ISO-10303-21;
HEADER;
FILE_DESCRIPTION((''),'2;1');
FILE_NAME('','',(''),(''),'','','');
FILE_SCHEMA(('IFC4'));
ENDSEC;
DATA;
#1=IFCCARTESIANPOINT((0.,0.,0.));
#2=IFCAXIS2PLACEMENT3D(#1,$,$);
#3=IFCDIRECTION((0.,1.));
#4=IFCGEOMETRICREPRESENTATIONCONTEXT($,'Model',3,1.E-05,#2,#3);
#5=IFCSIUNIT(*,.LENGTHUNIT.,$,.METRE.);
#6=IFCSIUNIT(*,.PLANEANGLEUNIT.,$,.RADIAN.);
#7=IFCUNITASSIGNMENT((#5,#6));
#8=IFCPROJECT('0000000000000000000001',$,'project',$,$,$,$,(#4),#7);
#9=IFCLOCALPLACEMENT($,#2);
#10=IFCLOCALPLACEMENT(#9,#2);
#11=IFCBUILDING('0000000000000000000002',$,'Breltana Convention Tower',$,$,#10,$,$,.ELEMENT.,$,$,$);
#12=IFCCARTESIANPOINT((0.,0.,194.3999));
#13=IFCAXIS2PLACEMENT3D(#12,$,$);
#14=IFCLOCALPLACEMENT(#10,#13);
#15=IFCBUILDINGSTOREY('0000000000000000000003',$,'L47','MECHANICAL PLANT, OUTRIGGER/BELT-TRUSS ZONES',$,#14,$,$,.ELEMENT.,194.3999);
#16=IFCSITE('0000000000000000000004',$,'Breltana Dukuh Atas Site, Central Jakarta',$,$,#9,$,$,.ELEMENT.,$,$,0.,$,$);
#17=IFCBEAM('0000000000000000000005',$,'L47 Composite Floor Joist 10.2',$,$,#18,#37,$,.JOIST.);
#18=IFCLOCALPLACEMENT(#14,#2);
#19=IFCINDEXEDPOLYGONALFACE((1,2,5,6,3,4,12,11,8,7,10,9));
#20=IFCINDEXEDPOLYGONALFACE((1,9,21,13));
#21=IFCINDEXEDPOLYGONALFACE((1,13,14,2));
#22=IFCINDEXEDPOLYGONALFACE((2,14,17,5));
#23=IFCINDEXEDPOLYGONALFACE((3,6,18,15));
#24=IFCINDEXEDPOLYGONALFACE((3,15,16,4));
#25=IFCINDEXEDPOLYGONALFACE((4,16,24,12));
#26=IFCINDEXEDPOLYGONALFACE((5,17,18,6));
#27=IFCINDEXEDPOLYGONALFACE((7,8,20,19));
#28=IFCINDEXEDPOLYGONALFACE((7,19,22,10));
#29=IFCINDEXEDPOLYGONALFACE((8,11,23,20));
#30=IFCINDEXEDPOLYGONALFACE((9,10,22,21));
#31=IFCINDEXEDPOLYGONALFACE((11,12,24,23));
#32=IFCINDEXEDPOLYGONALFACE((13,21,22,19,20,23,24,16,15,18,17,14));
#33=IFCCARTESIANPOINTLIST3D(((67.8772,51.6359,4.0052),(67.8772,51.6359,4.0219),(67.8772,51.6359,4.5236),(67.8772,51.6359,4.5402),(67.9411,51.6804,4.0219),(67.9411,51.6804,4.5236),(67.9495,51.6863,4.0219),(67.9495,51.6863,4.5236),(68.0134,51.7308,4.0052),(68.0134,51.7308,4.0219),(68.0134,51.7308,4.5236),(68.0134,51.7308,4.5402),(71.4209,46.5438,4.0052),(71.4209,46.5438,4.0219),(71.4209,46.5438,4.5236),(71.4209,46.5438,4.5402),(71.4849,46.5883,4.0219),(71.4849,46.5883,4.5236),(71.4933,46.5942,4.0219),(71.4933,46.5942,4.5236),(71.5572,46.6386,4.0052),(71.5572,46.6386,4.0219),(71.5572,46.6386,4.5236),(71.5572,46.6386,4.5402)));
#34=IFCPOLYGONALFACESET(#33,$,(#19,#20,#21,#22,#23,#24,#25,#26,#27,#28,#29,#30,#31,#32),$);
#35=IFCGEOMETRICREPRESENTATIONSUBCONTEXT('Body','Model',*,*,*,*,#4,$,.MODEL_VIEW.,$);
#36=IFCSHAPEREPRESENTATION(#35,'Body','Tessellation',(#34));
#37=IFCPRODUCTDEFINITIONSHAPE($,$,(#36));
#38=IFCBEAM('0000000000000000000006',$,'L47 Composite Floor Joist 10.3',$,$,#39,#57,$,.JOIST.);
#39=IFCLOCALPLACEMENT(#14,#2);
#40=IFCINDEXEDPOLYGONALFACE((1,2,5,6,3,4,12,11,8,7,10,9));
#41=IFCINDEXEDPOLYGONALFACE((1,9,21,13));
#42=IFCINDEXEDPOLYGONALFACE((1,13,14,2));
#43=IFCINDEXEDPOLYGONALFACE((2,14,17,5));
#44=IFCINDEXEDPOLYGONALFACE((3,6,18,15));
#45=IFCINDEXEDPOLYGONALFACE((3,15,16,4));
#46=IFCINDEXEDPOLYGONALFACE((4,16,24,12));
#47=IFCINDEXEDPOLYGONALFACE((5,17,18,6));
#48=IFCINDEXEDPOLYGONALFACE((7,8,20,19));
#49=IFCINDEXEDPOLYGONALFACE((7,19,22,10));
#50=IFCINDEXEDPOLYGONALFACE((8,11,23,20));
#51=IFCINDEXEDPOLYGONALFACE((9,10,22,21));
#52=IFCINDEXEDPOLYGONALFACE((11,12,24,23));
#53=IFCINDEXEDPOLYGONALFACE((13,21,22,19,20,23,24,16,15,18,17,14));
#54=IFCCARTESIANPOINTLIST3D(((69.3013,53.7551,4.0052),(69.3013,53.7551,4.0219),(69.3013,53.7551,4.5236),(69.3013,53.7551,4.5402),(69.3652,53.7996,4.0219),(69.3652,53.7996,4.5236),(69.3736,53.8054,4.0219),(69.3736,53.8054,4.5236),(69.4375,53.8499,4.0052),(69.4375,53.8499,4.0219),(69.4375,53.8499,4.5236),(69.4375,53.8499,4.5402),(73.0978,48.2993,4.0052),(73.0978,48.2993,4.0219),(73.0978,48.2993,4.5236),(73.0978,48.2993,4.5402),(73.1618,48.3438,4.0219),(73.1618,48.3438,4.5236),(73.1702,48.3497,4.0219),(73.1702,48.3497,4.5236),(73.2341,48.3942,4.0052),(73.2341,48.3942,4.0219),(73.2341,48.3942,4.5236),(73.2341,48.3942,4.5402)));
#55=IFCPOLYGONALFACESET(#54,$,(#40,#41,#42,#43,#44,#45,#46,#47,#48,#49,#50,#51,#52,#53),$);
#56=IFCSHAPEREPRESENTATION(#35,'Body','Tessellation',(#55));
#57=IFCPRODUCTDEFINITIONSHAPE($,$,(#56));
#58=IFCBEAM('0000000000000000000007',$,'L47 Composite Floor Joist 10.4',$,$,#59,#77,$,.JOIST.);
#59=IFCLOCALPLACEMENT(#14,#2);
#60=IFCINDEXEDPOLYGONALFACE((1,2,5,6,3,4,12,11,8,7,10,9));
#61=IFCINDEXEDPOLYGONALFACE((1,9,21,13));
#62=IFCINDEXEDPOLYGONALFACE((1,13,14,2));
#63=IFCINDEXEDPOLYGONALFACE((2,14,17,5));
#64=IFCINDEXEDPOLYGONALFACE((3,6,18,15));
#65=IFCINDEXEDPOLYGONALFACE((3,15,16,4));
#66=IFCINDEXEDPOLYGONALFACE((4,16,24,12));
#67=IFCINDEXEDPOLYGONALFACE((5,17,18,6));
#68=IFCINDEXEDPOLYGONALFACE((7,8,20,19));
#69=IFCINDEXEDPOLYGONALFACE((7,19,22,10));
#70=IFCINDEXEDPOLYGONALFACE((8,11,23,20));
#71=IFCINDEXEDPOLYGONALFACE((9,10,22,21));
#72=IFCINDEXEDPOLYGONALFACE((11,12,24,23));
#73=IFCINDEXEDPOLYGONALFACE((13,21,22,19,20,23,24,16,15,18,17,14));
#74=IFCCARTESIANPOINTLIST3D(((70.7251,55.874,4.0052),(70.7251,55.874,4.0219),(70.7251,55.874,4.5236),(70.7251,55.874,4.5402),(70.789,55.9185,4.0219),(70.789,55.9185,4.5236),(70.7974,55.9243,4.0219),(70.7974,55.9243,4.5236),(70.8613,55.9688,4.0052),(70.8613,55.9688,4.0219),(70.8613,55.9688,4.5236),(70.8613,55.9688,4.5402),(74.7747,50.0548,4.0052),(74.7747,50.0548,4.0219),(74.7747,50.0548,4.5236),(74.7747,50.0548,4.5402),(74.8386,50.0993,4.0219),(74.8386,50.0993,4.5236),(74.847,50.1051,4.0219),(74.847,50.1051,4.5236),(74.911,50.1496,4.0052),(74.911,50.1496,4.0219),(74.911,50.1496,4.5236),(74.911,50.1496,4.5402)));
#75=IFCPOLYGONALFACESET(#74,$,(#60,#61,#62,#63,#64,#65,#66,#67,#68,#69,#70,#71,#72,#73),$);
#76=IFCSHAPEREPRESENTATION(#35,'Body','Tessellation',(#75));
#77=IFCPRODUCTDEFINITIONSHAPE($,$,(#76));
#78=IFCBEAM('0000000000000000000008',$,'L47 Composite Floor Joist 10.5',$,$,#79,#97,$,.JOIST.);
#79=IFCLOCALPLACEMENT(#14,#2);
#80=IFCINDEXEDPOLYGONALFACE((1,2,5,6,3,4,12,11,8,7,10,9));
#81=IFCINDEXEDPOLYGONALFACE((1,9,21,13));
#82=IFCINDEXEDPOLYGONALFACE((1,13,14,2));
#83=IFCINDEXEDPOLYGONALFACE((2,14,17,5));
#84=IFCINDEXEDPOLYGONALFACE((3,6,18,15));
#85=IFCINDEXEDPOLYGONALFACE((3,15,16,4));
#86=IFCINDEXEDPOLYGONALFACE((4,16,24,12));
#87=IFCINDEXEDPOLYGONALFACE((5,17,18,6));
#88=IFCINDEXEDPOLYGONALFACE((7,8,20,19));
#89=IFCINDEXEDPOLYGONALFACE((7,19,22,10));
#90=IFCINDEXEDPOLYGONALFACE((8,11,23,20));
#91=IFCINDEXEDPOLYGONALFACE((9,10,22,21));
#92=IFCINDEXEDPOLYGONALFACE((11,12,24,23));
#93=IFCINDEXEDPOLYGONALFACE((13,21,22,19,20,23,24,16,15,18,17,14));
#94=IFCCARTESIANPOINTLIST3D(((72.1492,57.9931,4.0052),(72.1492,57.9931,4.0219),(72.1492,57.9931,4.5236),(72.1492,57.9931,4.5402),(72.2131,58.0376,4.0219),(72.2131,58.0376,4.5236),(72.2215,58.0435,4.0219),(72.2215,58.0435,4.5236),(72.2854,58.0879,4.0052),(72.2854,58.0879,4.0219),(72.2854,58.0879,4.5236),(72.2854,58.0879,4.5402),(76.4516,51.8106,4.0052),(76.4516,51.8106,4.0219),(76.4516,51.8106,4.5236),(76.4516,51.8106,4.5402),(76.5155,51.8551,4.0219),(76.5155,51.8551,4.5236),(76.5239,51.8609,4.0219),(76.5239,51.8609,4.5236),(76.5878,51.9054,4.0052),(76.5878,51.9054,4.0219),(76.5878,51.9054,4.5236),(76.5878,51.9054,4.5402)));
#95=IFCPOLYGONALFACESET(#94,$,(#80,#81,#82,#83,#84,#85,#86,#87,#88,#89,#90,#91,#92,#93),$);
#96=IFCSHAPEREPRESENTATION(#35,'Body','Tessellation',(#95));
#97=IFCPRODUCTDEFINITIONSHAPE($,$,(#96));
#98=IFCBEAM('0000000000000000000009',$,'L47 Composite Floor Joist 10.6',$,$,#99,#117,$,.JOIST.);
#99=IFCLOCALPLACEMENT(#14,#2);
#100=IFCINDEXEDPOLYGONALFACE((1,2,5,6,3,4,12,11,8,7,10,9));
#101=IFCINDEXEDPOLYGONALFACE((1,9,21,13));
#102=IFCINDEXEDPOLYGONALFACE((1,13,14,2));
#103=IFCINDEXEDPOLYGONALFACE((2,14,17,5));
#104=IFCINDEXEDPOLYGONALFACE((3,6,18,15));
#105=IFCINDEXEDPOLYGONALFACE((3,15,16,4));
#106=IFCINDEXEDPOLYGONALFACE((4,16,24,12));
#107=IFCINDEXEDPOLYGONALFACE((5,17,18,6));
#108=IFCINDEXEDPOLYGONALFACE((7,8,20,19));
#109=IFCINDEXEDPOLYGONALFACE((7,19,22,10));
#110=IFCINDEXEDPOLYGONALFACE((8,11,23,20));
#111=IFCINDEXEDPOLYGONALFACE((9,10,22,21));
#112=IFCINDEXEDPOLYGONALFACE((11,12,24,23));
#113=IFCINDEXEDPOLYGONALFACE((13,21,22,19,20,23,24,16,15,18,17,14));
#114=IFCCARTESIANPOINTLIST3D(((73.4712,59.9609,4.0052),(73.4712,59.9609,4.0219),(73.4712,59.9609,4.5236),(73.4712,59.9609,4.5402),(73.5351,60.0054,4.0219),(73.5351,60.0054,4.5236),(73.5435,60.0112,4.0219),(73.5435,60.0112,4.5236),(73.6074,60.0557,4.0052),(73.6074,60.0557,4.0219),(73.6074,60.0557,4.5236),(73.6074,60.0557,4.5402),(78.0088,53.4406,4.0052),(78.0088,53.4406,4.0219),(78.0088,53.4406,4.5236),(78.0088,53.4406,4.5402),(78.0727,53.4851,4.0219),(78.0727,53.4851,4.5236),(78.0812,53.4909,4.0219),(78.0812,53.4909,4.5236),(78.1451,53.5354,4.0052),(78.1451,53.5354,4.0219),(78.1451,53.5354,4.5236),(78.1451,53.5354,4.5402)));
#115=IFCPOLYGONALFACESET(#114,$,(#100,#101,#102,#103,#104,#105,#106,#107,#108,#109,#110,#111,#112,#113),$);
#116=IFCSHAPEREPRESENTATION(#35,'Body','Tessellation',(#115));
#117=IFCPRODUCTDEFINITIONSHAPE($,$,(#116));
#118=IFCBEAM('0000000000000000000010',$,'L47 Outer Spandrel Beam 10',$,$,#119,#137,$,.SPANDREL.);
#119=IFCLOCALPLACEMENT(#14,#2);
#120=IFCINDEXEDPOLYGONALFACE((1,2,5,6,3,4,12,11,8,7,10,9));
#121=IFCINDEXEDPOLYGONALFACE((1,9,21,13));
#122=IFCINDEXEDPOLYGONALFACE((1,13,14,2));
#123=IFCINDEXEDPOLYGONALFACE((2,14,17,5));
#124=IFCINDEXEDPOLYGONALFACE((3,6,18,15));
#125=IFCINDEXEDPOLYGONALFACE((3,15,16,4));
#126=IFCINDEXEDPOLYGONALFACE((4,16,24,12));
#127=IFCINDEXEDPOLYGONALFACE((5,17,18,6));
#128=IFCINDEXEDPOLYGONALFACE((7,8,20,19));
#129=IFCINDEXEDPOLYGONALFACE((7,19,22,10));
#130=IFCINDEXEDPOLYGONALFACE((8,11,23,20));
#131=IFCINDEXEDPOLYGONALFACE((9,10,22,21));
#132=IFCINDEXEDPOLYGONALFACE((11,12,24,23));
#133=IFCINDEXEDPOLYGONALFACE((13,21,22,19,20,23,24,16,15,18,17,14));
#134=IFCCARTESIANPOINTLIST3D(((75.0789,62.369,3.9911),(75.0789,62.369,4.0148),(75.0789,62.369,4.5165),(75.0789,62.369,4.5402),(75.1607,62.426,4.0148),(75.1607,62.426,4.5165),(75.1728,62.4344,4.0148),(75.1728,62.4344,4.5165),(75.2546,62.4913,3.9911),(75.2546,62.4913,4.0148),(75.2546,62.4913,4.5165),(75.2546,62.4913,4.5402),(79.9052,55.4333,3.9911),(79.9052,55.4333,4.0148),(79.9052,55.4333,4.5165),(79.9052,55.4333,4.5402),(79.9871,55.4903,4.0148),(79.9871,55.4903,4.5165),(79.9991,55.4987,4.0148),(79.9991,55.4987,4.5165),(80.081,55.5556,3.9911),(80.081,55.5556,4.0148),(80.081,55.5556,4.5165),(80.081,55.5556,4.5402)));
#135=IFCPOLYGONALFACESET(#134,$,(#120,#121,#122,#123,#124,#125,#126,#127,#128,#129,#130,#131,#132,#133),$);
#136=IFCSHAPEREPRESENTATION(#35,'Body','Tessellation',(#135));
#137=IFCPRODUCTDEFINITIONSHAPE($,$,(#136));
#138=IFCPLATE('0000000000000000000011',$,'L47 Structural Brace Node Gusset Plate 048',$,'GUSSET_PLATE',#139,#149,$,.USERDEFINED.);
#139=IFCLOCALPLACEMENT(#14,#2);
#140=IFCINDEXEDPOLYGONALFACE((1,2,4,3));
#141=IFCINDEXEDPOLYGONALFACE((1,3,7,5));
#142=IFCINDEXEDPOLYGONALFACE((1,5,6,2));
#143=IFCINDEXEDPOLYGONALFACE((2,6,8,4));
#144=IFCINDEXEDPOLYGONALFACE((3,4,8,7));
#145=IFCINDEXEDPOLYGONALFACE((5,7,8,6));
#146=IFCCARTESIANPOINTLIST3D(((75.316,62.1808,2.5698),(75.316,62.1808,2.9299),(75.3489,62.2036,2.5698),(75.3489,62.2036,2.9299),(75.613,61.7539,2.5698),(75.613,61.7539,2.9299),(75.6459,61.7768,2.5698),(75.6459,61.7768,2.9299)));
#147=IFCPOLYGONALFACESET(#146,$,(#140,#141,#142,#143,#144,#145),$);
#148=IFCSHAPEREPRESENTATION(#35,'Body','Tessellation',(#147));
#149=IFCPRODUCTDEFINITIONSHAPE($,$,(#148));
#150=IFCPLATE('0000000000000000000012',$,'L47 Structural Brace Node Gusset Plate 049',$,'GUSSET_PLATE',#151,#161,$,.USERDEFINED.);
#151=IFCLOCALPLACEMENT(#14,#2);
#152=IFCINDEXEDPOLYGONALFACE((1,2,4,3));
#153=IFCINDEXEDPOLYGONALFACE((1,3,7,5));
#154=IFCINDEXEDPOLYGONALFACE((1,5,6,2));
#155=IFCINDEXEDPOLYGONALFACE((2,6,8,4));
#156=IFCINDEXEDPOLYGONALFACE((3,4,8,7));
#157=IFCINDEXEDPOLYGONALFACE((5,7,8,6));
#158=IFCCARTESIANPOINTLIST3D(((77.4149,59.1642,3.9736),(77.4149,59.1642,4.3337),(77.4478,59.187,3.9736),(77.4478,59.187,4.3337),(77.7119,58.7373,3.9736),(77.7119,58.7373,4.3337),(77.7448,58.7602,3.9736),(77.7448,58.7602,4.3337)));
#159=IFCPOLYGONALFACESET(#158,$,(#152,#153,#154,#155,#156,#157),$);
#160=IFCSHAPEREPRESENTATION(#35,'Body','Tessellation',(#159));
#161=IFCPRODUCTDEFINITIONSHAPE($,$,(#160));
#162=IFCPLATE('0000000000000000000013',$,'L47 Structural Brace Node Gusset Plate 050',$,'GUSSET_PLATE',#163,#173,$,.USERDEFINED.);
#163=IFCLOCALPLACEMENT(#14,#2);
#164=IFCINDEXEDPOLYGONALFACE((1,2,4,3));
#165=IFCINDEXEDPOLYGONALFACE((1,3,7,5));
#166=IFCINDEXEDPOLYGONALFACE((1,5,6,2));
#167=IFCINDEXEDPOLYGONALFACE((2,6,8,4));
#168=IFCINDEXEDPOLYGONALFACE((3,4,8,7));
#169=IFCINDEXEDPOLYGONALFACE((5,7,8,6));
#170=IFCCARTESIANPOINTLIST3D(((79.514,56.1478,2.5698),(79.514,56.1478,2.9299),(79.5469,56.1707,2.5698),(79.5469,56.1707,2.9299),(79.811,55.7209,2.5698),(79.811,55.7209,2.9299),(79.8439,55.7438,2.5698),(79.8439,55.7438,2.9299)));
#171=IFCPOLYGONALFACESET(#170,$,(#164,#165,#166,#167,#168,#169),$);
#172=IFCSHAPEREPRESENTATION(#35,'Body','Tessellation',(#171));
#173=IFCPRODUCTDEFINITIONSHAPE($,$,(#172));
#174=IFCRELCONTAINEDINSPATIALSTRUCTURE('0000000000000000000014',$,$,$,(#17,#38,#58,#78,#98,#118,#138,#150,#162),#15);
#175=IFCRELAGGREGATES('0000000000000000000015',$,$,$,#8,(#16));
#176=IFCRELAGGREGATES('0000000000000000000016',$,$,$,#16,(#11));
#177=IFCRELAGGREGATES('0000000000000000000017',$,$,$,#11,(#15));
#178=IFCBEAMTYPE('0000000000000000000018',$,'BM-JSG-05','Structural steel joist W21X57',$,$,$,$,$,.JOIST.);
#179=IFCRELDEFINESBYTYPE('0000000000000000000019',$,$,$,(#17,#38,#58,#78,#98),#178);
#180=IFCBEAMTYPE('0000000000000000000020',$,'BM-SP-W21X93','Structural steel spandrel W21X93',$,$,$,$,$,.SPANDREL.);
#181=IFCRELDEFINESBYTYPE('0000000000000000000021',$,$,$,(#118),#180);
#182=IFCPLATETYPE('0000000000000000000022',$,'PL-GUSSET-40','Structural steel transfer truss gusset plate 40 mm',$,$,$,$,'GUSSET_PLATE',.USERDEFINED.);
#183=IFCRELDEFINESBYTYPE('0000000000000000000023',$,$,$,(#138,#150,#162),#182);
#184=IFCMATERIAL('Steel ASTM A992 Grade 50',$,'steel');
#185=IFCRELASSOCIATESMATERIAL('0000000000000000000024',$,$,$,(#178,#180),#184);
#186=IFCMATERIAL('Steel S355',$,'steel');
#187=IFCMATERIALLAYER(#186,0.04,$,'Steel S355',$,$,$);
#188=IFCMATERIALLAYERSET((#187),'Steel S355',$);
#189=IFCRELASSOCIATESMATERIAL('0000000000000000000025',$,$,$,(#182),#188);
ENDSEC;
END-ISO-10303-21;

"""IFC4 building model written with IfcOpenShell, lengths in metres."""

from ifc_helpers import new_model, si_unit, direction, frame, origin, origin_2d, place, context, subcontext, project, spatial, rectangle, i_section, extrude, source, transform, mapped, material, layer, layer_set, material_profile, profile_set, type_object, element, save


model = new_model("IFC4")

# Units and contexts
model_context = context("Model", 3, precision=1e-05, world=origin(), true_north=direction((0.0, 1.0)))
body_context = subcontext(model_context, "Body", "Model", "MODEL_VIEW")
ifc_project = project(units=[si_unit("LENGTHUNIT", "METRE"), si_unit("PLANEANGLEUNIT", "RADIAN")], contexts=[model_context])

# Site, building, storey
site_placement = place(None, origin())
site = spatial("IfcSite", under=ifc_project, at=site_placement, Name="Breltana Dukuh Atas Site, Central Jakarta", CompositionType="ELEMENT", RefElevation=0.0)
building_placement = place(site_placement, origin())
building = spatial("IfcBuilding", under=site, at=building_placement, Name="Breltana Convention Tower", CompositionType="ELEMENT")
storey_placement = place(building_placement, frame((0.0, 0.0, 194.3999)))
storey = spatial("IfcBuildingStorey", under=building, at=storey_placement, Name="L47", Description="MECHANICAL PLANT, OUTRIGGER/BELT-TRUSS ZONES", CompositionType="ELEMENT", Elevation=194.3999)

# Shared definitions
ifc_material_1 = material(Name="Steel ASTM A992 Grade 50", Category="steel")

# Beams
ifc_material_profile_1 = material_profile(ifc_material_1, i_section(OverallWidth=0.166, OverallDepth=0.5349, WebThickness=0.0103, FlangeThickness=0.0166, at=origin_2d()), Name="W21X57")
ifc_profile_set_1 = profile_set([ifc_material_profile_1], Name="Steel ASTM A992 Grade 50")
beam_type_1 = type_object("IfcBeamType", Name="BM-JSG-05", Description="Structural steel joist W21X57", PredefinedType="JOIST", material=ifc_profile_set_1)
shared_shape_1 = source(origin(), body_context, "Body", "SweptSolid", [
    extrude(i_section(OverallWidth=0.166, OverallDepth=0.5349, WebThickness=0.0103, FlangeThickness=0.0166, at=origin_2d()), origin(), (0.0, 0.0, 1.0), 6.2039),
])
beam_1_placement = place(storey_placement, frame((67.9453, 51.6833, 4.2727), z_axis=(0.571218, -0.820799, 0.0), x_axis=(0.820799, 0.571218, 0.0)))
element("IfcBeam", 1, at=beam_1_placement, inside=storey, type_object=beam_type_1, Name="L47 Composite Floor Joist 10.2", PredefinedType="JOIST", context=body_context, shape_type="MappedRepresentation", body=[
    mapped(shared_shape_1, transform((0.0, 0.0, 0.0), scale=1.0)),
])
shared_shape_2 = source(origin(), body_context, "Body", "SweptSolid", [
    extrude(i_section(OverallWidth=0.166, OverallDepth=0.5349, WebThickness=0.0103, FlangeThickness=0.0166, at=origin_2d()), origin(), (0.0, 0.0, 1.0), 6.6467),
])
beam_2_placement = place(storey_placement, frame((69.3694, 53.8025, 4.2727), z_axis=(0.571195, -0.820815, 0.0), x_axis=(0.820815, 0.571195, 0.0)))
element("IfcBeam", 2, at=beam_2_placement, inside=storey, type_object=beam_type_1, Name="L47 Composite Floor Joist 10.3", PredefinedType="JOIST", context=body_context, shape_type="MappedRepresentation", body=[
    mapped(shared_shape_2, transform((0.0, 0.0, 0.0), scale=1.0)),
])
shared_shape_3 = source(origin(), body_context, "Body", "SweptSolid", [
    extrude(i_section(OverallWidth=0.166, OverallDepth=0.5349, WebThickness=0.0103, FlangeThickness=0.0166, at=origin_2d()), origin(), (0.0, 0.0, 1.0), 7.0896),
])
beam_3_placement = place(storey_placement, frame((70.7932, 55.9214, 4.2727), z_axis=(0.571207, -0.820806, 0.0), x_axis=(0.820806, 0.571207, 0.0)))
element("IfcBeam", 3, at=beam_3_placement, inside=storey, type_object=beam_type_1, Name="L47 Composite Floor Joist 10.4", PredefinedType="JOIST", context=body_context, shape_type="MappedRepresentation", body=[
    mapped(shared_shape_3, transform((0.0, 0.0, 0.0), scale=1.0)),
])
shared_shape_4 = source(origin(), body_context, "Body", "SweptSolid", [
    extrude(i_section(OverallWidth=0.166, OverallDepth=0.5349, WebThickness=0.0103, FlangeThickness=0.0166, at=origin_2d()), origin(), (0.0, 0.0, 1.0), 7.5322),
])
beam_4_placement = place(storey_placement, frame((72.2173, 58.0405, 4.2727), z_axis=(0.571202, -0.820809, 0.0), x_axis=(0.820809, 0.571202, 0.0)))
element("IfcBeam", 4, at=beam_4_placement, inside=storey, type_object=beam_type_1, Name="L47 Composite Floor Joist 10.5", PredefinedType="JOIST", context=body_context, shape_type="MappedRepresentation", body=[
    mapped(shared_shape_4, transform((0.0, 0.0, 0.0), scale=1.0)),
])
shared_shape_5 = source(origin(), body_context, "Body", "SweptSolid", [
    extrude(i_section(OverallWidth=0.166, OverallDepth=0.5349, WebThickness=0.0103, FlangeThickness=0.0166, at=origin_2d()), origin(), (0.0, 0.0, 1.0), 7.9438),
])
beam_5_placement = place(storey_placement, frame((73.5393, 60.0083, 4.2727), z_axis=(0.571214, -0.820801, 0.0), x_axis=(0.820801, 0.571214, 0.0)))
element("IfcBeam", 5, at=beam_5_placement, inside=storey, type_object=beam_type_1, Name="L47 Composite Floor Joist 10.6", PredefinedType="JOIST", context=body_context, shape_type="MappedRepresentation", body=[
    mapped(shared_shape_5, transform((0.0, 0.0, 0.0), scale=1.0)),
])
ifc_material_profile_2 = material_profile(ifc_material_1, i_section(OverallWidth=0.2141, OverallDepth=0.5491, WebThickness=0.0146, FlangeThickness=0.0237, at=origin_2d()), Name="W21X93")
ifc_profile_set_2 = profile_set([ifc_material_profile_2], Name="Steel ASTM A992 Grade 50")
beam_type_2 = type_object("IfcBeamType", Name="BM-SP-W21X93", Description="Structural steel spandrel W21X93", PredefinedType="SPANDREL", material=ifc_profile_set_2)
shared_shape_6 = source(origin(), body_context, "Body", "SweptSolid", [
    extrude(i_section(OverallWidth=0.2141, OverallDepth=0.5491, WebThickness=0.0146, FlangeThickness=0.0237, at=origin_2d()), origin(), (0.0, 0.0, 1.0), 8.4497),
])
beam_6_placement = place(storey_placement, frame((75.1667, 62.4302, 4.2656), z_axis=(0.571186, -0.820821, 0.0), x_axis=(0.820821, 0.571186, 0.0)))
element("IfcBeam", 6, at=beam_6_placement, inside=storey, type_object=beam_type_2, Name="L47 Outer Spandrel Beam 10", PredefinedType="SPANDREL", context=body_context, shape_type="MappedRepresentation", body=[
    mapped(shared_shape_6, transform((0.0, 0.0, 0.0), scale=1.0)),
])

# Plates
ifc_material_2 = material(Name="Steel S355", Category="steel")
ifc_layer = layer(ifc_material_2, 0.04, Name="Steel S355")
ifc_layer_set = layer_set([ifc_layer], Name="Steel S355")
plate_type = type_object("IfcPlateType", Name="PL-GUSSET-40", Description="Structural steel transfer truss gusset plate 40 mm", ElementType="GUSSET_PLATE", PredefinedType="USERDEFINED", material=ifc_layer_set)
shared_shape_7 = source(origin(), body_context, "Body", "SweptSolid", [
    extrude(rectangle(XDim=0.52, YDim=0.04, at=origin_2d()), origin(), (0.0, 0.0, 1.0), 0.3601),
])
for number, where, z_axis, x_axis, name in (
    (7, (75.481, 61.9788, 2.5698), (0.0, 0.0, 1.0), (0.571143, -0.82085, 0.0), "L47 Structural Brace Node Gusset Plate 048"),
    (8, (77.5798, 58.9622, 3.9736), (0.0, 0.0, 1.0), (0.571143, -0.82085, 0.0), "L47 Structural Brace Node Gusset Plate 049"),
    (9, (79.679, 55.9458, 2.5698), (0.0, 0.0, 1.0), (0.571143, -0.82085, 0.0), "L47 Structural Brace Node Gusset Plate 050"),
):
    element("IfcPlate", number, at=place(storey_placement, frame(where, z_axis=z_axis, x_axis=x_axis)), inside=storey, type_object=plate_type, Name=name, ObjectType="GUSSET_PLATE", PredefinedType="USERDEFINED", context=body_context, shape_type="MappedRepresentation", body=[
        mapped(shared_shape_7, transform((0.0, 0.0, 0.0), scale=1.0)),
    ])

save(model, "model.ifc")
